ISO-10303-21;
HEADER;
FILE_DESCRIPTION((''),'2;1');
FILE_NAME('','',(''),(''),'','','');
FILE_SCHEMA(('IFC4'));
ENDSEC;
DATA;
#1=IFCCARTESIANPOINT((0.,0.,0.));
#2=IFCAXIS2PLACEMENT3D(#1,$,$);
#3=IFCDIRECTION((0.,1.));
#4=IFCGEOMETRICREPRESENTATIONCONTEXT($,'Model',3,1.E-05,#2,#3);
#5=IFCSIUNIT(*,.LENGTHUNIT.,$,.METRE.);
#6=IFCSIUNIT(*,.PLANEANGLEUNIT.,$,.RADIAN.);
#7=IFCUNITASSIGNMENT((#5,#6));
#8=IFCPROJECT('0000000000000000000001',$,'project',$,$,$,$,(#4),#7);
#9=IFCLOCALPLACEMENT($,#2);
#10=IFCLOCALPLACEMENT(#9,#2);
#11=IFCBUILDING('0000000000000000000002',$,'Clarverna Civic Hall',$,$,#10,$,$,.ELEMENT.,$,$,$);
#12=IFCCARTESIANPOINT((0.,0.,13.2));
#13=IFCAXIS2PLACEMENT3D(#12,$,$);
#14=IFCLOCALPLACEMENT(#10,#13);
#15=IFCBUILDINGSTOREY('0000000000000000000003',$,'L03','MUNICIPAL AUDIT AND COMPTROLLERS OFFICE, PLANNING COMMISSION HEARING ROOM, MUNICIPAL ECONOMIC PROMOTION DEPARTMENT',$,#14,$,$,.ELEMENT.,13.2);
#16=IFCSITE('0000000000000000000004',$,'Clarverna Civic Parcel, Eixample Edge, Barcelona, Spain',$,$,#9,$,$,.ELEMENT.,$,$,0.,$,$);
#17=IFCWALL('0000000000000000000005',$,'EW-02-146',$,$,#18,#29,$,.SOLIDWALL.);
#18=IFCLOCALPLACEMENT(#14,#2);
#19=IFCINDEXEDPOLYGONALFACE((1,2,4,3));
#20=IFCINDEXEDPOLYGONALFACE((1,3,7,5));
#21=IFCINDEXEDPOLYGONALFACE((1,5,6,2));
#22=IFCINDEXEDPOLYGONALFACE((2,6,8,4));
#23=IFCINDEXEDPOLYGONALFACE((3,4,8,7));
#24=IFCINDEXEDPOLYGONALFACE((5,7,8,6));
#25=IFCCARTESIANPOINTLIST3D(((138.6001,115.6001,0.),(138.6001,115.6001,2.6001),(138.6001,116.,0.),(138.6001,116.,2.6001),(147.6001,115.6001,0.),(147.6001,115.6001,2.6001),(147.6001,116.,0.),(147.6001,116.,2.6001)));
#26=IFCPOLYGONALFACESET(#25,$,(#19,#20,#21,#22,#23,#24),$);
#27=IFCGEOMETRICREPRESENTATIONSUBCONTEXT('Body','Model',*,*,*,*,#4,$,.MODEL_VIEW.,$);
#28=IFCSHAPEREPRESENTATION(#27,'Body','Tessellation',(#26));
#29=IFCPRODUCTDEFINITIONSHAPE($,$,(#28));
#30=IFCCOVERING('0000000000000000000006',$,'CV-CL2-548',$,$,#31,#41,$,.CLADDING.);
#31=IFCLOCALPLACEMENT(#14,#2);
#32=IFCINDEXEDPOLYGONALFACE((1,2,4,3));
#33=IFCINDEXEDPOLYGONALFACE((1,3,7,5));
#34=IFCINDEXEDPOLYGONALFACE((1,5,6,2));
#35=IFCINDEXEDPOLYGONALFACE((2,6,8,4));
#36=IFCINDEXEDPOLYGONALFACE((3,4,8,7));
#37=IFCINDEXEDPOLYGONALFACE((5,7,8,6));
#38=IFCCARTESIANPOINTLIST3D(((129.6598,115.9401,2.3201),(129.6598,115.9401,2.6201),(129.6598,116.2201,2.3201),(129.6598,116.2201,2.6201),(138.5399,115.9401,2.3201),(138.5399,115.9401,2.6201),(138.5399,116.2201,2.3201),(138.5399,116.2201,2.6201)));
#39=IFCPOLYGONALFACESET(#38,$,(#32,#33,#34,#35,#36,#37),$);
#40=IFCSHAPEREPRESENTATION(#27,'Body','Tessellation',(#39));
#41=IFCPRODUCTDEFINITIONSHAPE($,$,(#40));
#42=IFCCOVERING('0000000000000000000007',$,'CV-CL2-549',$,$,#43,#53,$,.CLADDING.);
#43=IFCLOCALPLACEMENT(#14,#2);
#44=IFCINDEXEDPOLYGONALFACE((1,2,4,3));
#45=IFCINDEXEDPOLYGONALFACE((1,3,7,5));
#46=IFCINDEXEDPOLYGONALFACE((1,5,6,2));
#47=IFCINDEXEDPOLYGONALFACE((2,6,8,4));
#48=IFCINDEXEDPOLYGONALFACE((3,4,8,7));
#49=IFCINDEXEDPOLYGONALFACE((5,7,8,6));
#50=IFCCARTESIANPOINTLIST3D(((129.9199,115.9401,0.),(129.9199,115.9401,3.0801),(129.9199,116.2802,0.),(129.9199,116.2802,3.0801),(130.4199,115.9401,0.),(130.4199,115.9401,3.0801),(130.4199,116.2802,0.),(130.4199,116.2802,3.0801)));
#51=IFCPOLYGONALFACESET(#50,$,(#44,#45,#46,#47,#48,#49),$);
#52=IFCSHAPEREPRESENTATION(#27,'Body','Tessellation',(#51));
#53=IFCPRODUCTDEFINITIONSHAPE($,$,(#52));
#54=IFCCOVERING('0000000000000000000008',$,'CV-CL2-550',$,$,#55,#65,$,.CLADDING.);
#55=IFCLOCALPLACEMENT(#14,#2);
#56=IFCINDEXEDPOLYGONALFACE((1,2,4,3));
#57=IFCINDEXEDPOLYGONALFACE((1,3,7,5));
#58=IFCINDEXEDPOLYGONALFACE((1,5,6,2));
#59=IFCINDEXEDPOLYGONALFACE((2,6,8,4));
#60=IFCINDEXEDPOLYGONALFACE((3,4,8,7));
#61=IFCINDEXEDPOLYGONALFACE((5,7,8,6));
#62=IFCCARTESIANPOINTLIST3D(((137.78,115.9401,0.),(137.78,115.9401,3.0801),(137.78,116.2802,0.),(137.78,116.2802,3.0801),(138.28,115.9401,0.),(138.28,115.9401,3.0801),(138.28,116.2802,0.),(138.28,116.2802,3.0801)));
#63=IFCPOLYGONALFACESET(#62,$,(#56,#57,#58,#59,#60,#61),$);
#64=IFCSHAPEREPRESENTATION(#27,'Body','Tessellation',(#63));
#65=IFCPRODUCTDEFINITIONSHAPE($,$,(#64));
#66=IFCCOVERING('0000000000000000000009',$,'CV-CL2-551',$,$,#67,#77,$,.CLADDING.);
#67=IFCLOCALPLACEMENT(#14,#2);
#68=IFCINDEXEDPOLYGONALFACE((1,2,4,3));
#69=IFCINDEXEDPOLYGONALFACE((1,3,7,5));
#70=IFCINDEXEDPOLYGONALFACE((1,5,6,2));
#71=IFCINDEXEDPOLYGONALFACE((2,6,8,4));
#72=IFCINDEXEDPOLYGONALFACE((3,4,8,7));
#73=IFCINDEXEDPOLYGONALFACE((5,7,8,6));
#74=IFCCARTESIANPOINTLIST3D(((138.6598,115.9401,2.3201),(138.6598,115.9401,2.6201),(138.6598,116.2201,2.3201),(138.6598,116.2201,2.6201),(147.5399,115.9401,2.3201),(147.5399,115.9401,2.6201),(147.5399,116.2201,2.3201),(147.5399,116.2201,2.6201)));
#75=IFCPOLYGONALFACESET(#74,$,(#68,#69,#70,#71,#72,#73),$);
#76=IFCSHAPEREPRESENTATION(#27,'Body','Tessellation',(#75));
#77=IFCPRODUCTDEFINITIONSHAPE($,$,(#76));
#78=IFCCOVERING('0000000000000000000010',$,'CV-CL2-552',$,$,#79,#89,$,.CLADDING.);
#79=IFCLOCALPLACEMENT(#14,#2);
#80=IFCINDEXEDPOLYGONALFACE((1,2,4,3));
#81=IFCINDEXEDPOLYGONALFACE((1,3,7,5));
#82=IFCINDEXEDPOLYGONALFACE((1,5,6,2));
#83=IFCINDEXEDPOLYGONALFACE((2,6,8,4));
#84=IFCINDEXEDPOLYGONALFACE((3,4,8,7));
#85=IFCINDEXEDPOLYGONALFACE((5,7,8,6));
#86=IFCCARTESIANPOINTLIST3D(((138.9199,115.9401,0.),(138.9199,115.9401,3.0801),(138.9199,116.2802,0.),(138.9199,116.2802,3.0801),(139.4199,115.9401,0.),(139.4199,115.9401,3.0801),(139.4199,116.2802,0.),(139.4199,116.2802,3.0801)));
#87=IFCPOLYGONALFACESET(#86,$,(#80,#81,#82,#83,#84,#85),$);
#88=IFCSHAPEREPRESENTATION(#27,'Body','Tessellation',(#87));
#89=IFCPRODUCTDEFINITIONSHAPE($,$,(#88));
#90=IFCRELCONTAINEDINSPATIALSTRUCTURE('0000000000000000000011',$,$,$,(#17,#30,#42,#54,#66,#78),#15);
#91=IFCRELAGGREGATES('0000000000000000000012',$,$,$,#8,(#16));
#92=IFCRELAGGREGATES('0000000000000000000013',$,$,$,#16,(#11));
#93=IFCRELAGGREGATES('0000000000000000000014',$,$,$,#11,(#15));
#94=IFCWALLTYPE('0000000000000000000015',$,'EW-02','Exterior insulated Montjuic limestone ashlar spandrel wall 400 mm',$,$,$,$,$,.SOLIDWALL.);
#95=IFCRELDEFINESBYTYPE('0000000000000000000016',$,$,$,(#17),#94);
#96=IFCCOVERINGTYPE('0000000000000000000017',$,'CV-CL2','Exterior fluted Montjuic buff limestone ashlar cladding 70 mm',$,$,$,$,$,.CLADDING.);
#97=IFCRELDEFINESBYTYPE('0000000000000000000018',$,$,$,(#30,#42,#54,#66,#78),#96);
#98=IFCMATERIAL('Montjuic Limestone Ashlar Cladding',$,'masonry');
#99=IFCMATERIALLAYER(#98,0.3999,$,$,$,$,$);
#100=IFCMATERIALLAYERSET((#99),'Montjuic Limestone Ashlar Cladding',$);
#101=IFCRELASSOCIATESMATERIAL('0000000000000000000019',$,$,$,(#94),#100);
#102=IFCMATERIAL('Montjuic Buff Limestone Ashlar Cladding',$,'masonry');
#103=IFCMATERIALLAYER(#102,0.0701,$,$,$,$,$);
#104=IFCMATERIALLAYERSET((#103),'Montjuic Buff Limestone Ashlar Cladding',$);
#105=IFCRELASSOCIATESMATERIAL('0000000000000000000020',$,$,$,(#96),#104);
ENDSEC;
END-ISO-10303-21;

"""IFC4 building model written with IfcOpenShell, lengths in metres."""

from ifc_helpers import new_model, si_unit, direction, frame, frame_2d, origin, place, context, subcontext, project, spatial, rectangle, extrude, material, layer, layer_set, type_object, element, save


model = new_model("IFC4")

# Units and contexts
model_context = context("Model", 3, precision=1e-05, world=origin(), true_north=direction((0.0, 1.0)))
body_context = subcontext(model_context, "Body", "Model", "MODEL_VIEW")
ifc_project = project(units=[si_unit("LENGTHUNIT", "METRE"), si_unit("PLANEANGLEUNIT", "RADIAN")], contexts=[model_context])

# Site, building, storey
site_placement = place(None, origin())
site = spatial("IfcSite", under=ifc_project, at=site_placement, Name="Clarverna Civic Parcel, Eixample Edge, Barcelona, Spain", CompositionType="ELEMENT", RefElevation=0.0)
building_placement = place(site_placement, origin())
building = spatial("IfcBuilding", under=site, at=building_placement, Name="Clarverna Civic Hall", CompositionType="ELEMENT")
storey_placement = place(building_placement, frame((0.0, 0.0, 13.2)))
storey = spatial("IfcBuildingStorey", under=building, at=storey_placement, Name="L03", Description="MUNICIPAL AUDIT AND COMPTROLLERS OFFICE, PLANNING COMMISSION HEARING ROOM, MUNICIPAL ECONOMIC PROMOTION DEPARTMENT", CompositionType="ELEMENT", Elevation=13.2)

# Wall
ifc_material_1 = material(Name="Montjuic Limestone Ashlar Cladding", Category="masonry")
ifc_layer_1 = layer(ifc_material_1, 0.3999)
ifc_layer_set_1 = layer_set([ifc_layer_1], Name="Montjuic Limestone Ashlar Cladding")
wall_type_1 = type_object("IfcWallType", Name="EW-02", Description="Exterior insulated Montjuic limestone ashlar spandrel wall 400 mm", PredefinedType="SOLIDWALL", material=ifc_layer_set_1)
wall_1_placement = place(storey_placement, frame((138.6001, 115.8, 0.0), z_axis=(0.0, 0.0, 1.0), x_axis=(1.0, 0.0, 0.0)))
element("IfcWall", 1, at=wall_1_placement, inside=storey, type_object=wall_type_1, Name="EW-02-146", PredefinedType="SOLIDWALL", context=body_context, shape_type="SweptSolid", body=[
    extrude(rectangle(XDim=9.0, YDim=0.3999, at=frame_2d((4.5, 0.0))), origin(), (0.0, 0.0, 1.0), 2.6001),
])

# Coverings
ifc_material_2 = material(Name="Montjuic Buff Limestone Ashlar Cladding", Category="masonry")
ifc_layer_2 = layer(ifc_material_2, 0.0701)
ifc_layer_set_2 = layer_set([ifc_layer_2], Name="Montjuic Buff Limestone Ashlar Cladding")
covering_type = type_object("IfcCoveringType", Name="CV-CL2", Description="Exterior fluted Montjuic buff limestone ashlar cladding 70 mm", PredefinedType="CLADDING", material=ifc_layer_set_2)
covering_1_placement = place(storey_placement, frame((129.6599, 116.0801, 2.3201), z_axis=(0.0, 0.0, 1.0), x_axis=(1.0, 0.0, 0.0)))
element("IfcCovering", 2, at=covering_1_placement, inside=storey, type_object=covering_type, Name="CV-CL2-548", PredefinedType="CLADDING", context=body_context, shape_type="SweptSolid", body=[
    extrude(rectangle(XDim=8.8801, YDim=0.28, at=frame_2d((4.4399, 0.0))), origin(), (0.0, 0.0, 1.0), 0.3),
])
for number, where, z_axis, x_axis, name in (
    (3, (129.9199, 116.1101, 0.0), (0.0, 0.0, 1.0), (1.0, 0.0, 0.0), "CV-CL2-549"),
    (4, (137.78, 116.1101, 0.0), (0.0, 0.0, 1.0), (1.0, 0.0, 0.0), "CV-CL2-550"),
):
    element("IfcCovering", number, at=place(storey_placement, frame(where, z_axis=z_axis, x_axis=x_axis)), inside=storey, type_object=covering_type, Name=name, PredefinedType="CLADDING", context=body_context, shape_type="SweptSolid", body=[
        extrude(rectangle(XDim=0.5, YDim=0.3401, at=frame_2d((0.25, 0.0))), origin(), (0.0, 0.0, 1.0), 3.0801),
    ])
covering_2_placement = place(storey_placement, frame((138.6599, 116.0801, 2.3201), z_axis=(0.0, 0.0, 1.0), x_axis=(1.0, 0.0, 0.0)))
element("IfcCovering", 5, at=covering_2_placement, inside=storey, type_object=covering_type, Name="CV-CL2-551", PredefinedType="CLADDING", context=body_context, shape_type="SweptSolid", body=[
    extrude(rectangle(XDim=8.8801, YDim=0.28, at=frame_2d((4.4399, 0.0))), origin(), (0.0, 0.0, 1.0), 0.3),
])
covering_3_placement = place(storey_placement, frame((138.9199, 116.1101, 0.0), z_axis=(0.0, 0.0, 1.0), x_axis=(1.0, 0.0, 0.0)))
element("IfcCovering", 6, at=covering_3_placement, inside=storey, type_object=covering_type, Name="CV-CL2-552", PredefinedType="CLADDING", context=body_context, shape_type="SweptSolid", body=[
    extrude(rectangle(XDim=0.5, YDim=0.3401, at=frame_2d((0.25, 0.0))), origin(), (0.0, 0.0, 1.0), 3.0801),
])

save(model, "model.ifc")
